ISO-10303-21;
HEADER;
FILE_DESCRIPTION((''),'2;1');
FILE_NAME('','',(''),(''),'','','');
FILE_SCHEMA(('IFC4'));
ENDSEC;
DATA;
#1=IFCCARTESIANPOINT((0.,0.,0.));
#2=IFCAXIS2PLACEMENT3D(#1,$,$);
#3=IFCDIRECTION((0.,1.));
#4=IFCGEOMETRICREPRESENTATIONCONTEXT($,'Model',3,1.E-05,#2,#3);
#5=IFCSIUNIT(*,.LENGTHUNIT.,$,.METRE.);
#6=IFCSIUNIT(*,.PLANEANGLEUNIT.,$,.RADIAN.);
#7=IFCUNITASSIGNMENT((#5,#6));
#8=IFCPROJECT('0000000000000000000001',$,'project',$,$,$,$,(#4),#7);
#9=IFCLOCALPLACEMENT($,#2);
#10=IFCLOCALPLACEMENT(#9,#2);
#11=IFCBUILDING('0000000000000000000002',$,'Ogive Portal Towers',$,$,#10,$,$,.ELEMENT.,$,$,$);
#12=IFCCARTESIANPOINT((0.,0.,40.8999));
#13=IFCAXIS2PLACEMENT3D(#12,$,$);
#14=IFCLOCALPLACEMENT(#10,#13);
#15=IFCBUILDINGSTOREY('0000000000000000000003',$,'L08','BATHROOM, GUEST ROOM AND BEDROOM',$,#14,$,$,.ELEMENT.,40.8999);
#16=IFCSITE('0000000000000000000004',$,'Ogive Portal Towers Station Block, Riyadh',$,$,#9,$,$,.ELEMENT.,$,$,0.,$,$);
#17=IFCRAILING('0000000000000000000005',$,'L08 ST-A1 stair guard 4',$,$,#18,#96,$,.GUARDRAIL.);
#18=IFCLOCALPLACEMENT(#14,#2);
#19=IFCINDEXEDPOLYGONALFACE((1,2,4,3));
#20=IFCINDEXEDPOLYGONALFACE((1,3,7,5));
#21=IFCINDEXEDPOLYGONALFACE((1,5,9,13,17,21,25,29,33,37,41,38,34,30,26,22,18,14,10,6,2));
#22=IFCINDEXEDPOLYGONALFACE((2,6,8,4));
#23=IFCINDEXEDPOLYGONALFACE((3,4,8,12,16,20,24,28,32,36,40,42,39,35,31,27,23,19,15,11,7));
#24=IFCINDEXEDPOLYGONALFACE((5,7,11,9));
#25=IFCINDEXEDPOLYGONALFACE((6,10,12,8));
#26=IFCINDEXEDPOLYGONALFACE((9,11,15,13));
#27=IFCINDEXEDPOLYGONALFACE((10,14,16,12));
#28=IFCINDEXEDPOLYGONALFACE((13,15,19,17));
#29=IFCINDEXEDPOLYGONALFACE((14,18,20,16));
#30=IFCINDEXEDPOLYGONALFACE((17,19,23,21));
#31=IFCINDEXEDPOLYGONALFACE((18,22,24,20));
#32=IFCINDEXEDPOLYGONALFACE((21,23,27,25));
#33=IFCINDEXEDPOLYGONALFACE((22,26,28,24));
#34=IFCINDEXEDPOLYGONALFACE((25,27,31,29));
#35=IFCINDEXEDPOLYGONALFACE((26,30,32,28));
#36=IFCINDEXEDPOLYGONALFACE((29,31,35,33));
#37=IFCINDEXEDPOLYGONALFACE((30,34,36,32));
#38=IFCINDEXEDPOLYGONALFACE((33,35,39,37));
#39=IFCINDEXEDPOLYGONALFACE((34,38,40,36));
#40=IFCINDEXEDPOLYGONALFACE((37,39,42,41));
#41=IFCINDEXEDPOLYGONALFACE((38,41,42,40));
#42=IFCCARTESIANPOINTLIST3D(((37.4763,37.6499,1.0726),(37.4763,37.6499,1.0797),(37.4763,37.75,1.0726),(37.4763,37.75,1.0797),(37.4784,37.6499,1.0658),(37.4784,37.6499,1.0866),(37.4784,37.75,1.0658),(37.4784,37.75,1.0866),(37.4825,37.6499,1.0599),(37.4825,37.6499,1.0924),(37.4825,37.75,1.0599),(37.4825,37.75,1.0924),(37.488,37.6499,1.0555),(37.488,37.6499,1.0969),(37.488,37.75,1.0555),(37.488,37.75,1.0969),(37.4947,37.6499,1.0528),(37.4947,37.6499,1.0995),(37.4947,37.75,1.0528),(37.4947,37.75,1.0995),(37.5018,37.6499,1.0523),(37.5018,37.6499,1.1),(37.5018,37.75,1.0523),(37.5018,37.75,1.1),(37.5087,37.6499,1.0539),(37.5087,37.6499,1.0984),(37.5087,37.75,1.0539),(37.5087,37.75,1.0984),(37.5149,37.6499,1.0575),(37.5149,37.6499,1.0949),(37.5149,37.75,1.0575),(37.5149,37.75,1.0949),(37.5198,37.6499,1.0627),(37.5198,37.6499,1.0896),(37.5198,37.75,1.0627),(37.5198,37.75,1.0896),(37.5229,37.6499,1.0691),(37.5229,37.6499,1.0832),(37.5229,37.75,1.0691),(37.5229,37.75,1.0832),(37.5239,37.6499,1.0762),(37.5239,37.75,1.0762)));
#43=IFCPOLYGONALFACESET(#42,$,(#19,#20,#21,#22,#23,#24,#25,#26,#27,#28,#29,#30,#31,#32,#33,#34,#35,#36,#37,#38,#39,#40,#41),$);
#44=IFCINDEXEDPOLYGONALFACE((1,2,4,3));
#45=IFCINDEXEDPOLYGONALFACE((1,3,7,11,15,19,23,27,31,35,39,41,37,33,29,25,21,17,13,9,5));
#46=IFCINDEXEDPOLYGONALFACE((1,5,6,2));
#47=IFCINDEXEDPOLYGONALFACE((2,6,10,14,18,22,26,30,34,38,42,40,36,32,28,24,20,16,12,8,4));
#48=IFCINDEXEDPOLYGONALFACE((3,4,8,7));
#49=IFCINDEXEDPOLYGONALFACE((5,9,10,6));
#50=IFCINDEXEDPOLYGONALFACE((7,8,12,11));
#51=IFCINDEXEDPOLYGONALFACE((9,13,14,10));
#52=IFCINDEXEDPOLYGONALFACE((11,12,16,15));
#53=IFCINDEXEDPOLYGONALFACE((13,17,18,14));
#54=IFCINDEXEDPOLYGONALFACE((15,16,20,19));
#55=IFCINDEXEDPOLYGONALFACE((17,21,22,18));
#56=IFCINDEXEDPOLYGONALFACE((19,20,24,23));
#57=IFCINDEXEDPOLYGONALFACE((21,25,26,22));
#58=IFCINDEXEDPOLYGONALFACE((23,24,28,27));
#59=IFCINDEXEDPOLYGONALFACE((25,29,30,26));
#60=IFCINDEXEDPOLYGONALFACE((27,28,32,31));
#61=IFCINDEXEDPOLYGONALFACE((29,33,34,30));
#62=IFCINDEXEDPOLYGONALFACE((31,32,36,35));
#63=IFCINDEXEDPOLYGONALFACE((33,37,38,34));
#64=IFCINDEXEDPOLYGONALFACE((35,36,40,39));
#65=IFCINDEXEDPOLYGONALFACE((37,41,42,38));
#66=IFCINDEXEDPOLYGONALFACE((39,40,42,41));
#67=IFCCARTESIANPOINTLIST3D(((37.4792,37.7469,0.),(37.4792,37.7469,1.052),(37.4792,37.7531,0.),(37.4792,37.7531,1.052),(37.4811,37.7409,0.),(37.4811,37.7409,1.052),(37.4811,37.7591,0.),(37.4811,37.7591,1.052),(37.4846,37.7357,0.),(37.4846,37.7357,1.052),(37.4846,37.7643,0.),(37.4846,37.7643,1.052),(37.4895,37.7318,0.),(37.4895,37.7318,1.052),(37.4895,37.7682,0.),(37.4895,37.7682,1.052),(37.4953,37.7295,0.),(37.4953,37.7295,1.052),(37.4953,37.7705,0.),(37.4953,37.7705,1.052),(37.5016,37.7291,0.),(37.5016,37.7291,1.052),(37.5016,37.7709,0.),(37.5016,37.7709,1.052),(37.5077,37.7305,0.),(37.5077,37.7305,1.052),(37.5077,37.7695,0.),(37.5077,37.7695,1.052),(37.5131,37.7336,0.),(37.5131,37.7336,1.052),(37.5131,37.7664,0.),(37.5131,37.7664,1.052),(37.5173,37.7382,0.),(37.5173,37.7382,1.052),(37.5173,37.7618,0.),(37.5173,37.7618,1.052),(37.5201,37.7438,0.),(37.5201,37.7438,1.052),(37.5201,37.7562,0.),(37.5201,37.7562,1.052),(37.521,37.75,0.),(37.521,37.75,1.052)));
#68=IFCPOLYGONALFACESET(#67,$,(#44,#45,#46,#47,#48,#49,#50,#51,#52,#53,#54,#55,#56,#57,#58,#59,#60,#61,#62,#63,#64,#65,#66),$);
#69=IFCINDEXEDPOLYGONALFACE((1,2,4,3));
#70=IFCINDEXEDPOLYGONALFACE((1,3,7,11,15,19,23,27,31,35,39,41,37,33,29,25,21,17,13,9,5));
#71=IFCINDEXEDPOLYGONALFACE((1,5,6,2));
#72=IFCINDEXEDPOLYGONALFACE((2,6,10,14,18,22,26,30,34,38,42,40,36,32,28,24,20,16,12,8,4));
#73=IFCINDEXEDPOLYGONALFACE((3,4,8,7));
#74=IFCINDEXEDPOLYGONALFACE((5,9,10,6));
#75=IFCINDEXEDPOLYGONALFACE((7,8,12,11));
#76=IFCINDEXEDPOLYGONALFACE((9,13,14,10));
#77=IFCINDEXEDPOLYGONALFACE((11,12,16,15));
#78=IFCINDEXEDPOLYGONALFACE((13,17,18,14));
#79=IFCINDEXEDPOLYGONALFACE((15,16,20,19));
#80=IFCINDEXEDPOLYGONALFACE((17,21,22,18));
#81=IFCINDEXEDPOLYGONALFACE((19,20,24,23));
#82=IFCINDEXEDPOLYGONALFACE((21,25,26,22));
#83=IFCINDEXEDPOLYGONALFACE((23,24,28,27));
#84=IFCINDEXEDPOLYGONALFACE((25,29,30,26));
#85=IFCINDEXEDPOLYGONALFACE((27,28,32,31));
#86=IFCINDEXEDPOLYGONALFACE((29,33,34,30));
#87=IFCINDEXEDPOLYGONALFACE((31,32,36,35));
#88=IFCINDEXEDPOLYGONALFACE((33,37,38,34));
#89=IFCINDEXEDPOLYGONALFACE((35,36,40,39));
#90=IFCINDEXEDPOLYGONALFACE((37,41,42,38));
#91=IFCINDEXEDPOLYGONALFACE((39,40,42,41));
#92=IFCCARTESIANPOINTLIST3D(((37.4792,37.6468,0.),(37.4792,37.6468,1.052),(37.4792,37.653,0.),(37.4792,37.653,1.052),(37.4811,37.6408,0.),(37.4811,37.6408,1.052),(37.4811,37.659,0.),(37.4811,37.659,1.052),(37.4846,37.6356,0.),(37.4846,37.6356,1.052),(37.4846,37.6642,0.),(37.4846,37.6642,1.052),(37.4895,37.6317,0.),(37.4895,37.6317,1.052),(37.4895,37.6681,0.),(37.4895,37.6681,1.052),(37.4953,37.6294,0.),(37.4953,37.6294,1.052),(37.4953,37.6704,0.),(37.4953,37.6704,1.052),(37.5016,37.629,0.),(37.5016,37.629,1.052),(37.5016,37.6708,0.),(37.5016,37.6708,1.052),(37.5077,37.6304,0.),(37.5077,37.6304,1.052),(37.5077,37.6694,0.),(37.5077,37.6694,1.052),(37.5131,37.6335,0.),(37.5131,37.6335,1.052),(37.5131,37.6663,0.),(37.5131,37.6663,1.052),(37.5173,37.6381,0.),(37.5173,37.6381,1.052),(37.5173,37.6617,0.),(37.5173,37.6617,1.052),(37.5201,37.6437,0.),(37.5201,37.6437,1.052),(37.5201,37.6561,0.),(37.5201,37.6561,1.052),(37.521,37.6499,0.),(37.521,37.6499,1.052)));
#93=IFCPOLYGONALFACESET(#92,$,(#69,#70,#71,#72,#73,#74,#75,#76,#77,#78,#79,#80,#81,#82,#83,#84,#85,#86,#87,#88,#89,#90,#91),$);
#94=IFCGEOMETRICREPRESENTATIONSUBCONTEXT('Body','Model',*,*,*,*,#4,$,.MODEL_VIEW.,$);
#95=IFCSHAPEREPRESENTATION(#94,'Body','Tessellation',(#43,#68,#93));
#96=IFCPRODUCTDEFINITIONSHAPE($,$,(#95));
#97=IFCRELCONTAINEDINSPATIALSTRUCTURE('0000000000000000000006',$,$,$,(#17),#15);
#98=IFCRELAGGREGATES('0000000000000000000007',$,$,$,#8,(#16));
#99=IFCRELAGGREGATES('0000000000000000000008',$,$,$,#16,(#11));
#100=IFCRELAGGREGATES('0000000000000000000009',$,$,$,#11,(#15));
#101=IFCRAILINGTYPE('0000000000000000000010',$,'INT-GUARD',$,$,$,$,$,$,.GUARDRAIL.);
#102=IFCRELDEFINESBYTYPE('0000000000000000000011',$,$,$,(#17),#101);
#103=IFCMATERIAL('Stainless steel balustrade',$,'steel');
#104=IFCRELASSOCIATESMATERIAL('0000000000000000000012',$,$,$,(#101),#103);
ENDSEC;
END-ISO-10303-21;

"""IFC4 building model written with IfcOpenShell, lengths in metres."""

from ifc_helpers import new_model, si_unit, direction, frame, origin, origin_2d, place, context, subcontext, project, spatial, circle, extrude, material, type_object, element, save


model = new_model("IFC4")

# Units and contexts
model_context = context("Model", 3, precision=1e-05, world=origin(), true_north=direction((0.0, 1.0)))
body_context = subcontext(model_context, "Body", "Model", "MODEL_VIEW")
ifc_project = project(units=[si_unit("LENGTHUNIT", "METRE"), si_unit("PLANEANGLEUNIT", "RADIAN")], contexts=[model_context])

# Site, building, storey
site_placement = place(None, origin())
site = spatial("IfcSite", under=ifc_project, at=site_placement, Name="Ogive Portal Towers Station Block, Riyadh", CompositionType="ELEMENT", RefElevation=0.0)
building_placement = place(site_placement, origin())
building = spatial("IfcBuilding", under=site, at=building_placement, Name="Ogive Portal Towers", CompositionType="ELEMENT")
storey_placement = place(building_placement, frame((0.0, 0.0, 40.8999)))
storey = spatial("IfcBuildingStorey", under=building, at=storey_placement, Name="L08", Description="BATHROOM, GUEST ROOM AND BEDROOM", CompositionType="ELEMENT", Elevation=40.8999)

# Railing
ifc_material_1 = material(Name="Stainless steel balustrade", Category="steel")
railing_type_1 = type_object("IfcRailingType", Name="INT-GUARD", PredefinedType="GUARDRAIL", material=ifc_material_1)
railing_1_placement = place(storey_placement, frame((37.5, 37.75, 0.0)))
element("IfcRailing", 1, at=railing_1_placement, inside=storey, type_object=railing_type_1, Name="L08 ST-A1 stair guard 4", PredefinedType="GUARDRAIL", context=body_context, shape_type="SweptSolid", body=[
    extrude(circle(Radius=0.0239, at=origin_2d()), frame((0.0, 0.0, 1.0762), z_axis=(0.0, -1.0, 0.0), x_axis=(1.0, 0.0, 0.0)), (0.0, 0.0, 1.0), 0.1001),
    extrude(circle(Radius=0.021, at=origin_2d()), origin(), (0.0, 0.0, 1.0), 1.052),
    extrude(circle(Radius=0.021, at=origin_2d()), frame((0.0, -0.1001, 0.0)), (0.0, 0.0, 1.0), 1.052),
])

save(model, "model.ifc")
